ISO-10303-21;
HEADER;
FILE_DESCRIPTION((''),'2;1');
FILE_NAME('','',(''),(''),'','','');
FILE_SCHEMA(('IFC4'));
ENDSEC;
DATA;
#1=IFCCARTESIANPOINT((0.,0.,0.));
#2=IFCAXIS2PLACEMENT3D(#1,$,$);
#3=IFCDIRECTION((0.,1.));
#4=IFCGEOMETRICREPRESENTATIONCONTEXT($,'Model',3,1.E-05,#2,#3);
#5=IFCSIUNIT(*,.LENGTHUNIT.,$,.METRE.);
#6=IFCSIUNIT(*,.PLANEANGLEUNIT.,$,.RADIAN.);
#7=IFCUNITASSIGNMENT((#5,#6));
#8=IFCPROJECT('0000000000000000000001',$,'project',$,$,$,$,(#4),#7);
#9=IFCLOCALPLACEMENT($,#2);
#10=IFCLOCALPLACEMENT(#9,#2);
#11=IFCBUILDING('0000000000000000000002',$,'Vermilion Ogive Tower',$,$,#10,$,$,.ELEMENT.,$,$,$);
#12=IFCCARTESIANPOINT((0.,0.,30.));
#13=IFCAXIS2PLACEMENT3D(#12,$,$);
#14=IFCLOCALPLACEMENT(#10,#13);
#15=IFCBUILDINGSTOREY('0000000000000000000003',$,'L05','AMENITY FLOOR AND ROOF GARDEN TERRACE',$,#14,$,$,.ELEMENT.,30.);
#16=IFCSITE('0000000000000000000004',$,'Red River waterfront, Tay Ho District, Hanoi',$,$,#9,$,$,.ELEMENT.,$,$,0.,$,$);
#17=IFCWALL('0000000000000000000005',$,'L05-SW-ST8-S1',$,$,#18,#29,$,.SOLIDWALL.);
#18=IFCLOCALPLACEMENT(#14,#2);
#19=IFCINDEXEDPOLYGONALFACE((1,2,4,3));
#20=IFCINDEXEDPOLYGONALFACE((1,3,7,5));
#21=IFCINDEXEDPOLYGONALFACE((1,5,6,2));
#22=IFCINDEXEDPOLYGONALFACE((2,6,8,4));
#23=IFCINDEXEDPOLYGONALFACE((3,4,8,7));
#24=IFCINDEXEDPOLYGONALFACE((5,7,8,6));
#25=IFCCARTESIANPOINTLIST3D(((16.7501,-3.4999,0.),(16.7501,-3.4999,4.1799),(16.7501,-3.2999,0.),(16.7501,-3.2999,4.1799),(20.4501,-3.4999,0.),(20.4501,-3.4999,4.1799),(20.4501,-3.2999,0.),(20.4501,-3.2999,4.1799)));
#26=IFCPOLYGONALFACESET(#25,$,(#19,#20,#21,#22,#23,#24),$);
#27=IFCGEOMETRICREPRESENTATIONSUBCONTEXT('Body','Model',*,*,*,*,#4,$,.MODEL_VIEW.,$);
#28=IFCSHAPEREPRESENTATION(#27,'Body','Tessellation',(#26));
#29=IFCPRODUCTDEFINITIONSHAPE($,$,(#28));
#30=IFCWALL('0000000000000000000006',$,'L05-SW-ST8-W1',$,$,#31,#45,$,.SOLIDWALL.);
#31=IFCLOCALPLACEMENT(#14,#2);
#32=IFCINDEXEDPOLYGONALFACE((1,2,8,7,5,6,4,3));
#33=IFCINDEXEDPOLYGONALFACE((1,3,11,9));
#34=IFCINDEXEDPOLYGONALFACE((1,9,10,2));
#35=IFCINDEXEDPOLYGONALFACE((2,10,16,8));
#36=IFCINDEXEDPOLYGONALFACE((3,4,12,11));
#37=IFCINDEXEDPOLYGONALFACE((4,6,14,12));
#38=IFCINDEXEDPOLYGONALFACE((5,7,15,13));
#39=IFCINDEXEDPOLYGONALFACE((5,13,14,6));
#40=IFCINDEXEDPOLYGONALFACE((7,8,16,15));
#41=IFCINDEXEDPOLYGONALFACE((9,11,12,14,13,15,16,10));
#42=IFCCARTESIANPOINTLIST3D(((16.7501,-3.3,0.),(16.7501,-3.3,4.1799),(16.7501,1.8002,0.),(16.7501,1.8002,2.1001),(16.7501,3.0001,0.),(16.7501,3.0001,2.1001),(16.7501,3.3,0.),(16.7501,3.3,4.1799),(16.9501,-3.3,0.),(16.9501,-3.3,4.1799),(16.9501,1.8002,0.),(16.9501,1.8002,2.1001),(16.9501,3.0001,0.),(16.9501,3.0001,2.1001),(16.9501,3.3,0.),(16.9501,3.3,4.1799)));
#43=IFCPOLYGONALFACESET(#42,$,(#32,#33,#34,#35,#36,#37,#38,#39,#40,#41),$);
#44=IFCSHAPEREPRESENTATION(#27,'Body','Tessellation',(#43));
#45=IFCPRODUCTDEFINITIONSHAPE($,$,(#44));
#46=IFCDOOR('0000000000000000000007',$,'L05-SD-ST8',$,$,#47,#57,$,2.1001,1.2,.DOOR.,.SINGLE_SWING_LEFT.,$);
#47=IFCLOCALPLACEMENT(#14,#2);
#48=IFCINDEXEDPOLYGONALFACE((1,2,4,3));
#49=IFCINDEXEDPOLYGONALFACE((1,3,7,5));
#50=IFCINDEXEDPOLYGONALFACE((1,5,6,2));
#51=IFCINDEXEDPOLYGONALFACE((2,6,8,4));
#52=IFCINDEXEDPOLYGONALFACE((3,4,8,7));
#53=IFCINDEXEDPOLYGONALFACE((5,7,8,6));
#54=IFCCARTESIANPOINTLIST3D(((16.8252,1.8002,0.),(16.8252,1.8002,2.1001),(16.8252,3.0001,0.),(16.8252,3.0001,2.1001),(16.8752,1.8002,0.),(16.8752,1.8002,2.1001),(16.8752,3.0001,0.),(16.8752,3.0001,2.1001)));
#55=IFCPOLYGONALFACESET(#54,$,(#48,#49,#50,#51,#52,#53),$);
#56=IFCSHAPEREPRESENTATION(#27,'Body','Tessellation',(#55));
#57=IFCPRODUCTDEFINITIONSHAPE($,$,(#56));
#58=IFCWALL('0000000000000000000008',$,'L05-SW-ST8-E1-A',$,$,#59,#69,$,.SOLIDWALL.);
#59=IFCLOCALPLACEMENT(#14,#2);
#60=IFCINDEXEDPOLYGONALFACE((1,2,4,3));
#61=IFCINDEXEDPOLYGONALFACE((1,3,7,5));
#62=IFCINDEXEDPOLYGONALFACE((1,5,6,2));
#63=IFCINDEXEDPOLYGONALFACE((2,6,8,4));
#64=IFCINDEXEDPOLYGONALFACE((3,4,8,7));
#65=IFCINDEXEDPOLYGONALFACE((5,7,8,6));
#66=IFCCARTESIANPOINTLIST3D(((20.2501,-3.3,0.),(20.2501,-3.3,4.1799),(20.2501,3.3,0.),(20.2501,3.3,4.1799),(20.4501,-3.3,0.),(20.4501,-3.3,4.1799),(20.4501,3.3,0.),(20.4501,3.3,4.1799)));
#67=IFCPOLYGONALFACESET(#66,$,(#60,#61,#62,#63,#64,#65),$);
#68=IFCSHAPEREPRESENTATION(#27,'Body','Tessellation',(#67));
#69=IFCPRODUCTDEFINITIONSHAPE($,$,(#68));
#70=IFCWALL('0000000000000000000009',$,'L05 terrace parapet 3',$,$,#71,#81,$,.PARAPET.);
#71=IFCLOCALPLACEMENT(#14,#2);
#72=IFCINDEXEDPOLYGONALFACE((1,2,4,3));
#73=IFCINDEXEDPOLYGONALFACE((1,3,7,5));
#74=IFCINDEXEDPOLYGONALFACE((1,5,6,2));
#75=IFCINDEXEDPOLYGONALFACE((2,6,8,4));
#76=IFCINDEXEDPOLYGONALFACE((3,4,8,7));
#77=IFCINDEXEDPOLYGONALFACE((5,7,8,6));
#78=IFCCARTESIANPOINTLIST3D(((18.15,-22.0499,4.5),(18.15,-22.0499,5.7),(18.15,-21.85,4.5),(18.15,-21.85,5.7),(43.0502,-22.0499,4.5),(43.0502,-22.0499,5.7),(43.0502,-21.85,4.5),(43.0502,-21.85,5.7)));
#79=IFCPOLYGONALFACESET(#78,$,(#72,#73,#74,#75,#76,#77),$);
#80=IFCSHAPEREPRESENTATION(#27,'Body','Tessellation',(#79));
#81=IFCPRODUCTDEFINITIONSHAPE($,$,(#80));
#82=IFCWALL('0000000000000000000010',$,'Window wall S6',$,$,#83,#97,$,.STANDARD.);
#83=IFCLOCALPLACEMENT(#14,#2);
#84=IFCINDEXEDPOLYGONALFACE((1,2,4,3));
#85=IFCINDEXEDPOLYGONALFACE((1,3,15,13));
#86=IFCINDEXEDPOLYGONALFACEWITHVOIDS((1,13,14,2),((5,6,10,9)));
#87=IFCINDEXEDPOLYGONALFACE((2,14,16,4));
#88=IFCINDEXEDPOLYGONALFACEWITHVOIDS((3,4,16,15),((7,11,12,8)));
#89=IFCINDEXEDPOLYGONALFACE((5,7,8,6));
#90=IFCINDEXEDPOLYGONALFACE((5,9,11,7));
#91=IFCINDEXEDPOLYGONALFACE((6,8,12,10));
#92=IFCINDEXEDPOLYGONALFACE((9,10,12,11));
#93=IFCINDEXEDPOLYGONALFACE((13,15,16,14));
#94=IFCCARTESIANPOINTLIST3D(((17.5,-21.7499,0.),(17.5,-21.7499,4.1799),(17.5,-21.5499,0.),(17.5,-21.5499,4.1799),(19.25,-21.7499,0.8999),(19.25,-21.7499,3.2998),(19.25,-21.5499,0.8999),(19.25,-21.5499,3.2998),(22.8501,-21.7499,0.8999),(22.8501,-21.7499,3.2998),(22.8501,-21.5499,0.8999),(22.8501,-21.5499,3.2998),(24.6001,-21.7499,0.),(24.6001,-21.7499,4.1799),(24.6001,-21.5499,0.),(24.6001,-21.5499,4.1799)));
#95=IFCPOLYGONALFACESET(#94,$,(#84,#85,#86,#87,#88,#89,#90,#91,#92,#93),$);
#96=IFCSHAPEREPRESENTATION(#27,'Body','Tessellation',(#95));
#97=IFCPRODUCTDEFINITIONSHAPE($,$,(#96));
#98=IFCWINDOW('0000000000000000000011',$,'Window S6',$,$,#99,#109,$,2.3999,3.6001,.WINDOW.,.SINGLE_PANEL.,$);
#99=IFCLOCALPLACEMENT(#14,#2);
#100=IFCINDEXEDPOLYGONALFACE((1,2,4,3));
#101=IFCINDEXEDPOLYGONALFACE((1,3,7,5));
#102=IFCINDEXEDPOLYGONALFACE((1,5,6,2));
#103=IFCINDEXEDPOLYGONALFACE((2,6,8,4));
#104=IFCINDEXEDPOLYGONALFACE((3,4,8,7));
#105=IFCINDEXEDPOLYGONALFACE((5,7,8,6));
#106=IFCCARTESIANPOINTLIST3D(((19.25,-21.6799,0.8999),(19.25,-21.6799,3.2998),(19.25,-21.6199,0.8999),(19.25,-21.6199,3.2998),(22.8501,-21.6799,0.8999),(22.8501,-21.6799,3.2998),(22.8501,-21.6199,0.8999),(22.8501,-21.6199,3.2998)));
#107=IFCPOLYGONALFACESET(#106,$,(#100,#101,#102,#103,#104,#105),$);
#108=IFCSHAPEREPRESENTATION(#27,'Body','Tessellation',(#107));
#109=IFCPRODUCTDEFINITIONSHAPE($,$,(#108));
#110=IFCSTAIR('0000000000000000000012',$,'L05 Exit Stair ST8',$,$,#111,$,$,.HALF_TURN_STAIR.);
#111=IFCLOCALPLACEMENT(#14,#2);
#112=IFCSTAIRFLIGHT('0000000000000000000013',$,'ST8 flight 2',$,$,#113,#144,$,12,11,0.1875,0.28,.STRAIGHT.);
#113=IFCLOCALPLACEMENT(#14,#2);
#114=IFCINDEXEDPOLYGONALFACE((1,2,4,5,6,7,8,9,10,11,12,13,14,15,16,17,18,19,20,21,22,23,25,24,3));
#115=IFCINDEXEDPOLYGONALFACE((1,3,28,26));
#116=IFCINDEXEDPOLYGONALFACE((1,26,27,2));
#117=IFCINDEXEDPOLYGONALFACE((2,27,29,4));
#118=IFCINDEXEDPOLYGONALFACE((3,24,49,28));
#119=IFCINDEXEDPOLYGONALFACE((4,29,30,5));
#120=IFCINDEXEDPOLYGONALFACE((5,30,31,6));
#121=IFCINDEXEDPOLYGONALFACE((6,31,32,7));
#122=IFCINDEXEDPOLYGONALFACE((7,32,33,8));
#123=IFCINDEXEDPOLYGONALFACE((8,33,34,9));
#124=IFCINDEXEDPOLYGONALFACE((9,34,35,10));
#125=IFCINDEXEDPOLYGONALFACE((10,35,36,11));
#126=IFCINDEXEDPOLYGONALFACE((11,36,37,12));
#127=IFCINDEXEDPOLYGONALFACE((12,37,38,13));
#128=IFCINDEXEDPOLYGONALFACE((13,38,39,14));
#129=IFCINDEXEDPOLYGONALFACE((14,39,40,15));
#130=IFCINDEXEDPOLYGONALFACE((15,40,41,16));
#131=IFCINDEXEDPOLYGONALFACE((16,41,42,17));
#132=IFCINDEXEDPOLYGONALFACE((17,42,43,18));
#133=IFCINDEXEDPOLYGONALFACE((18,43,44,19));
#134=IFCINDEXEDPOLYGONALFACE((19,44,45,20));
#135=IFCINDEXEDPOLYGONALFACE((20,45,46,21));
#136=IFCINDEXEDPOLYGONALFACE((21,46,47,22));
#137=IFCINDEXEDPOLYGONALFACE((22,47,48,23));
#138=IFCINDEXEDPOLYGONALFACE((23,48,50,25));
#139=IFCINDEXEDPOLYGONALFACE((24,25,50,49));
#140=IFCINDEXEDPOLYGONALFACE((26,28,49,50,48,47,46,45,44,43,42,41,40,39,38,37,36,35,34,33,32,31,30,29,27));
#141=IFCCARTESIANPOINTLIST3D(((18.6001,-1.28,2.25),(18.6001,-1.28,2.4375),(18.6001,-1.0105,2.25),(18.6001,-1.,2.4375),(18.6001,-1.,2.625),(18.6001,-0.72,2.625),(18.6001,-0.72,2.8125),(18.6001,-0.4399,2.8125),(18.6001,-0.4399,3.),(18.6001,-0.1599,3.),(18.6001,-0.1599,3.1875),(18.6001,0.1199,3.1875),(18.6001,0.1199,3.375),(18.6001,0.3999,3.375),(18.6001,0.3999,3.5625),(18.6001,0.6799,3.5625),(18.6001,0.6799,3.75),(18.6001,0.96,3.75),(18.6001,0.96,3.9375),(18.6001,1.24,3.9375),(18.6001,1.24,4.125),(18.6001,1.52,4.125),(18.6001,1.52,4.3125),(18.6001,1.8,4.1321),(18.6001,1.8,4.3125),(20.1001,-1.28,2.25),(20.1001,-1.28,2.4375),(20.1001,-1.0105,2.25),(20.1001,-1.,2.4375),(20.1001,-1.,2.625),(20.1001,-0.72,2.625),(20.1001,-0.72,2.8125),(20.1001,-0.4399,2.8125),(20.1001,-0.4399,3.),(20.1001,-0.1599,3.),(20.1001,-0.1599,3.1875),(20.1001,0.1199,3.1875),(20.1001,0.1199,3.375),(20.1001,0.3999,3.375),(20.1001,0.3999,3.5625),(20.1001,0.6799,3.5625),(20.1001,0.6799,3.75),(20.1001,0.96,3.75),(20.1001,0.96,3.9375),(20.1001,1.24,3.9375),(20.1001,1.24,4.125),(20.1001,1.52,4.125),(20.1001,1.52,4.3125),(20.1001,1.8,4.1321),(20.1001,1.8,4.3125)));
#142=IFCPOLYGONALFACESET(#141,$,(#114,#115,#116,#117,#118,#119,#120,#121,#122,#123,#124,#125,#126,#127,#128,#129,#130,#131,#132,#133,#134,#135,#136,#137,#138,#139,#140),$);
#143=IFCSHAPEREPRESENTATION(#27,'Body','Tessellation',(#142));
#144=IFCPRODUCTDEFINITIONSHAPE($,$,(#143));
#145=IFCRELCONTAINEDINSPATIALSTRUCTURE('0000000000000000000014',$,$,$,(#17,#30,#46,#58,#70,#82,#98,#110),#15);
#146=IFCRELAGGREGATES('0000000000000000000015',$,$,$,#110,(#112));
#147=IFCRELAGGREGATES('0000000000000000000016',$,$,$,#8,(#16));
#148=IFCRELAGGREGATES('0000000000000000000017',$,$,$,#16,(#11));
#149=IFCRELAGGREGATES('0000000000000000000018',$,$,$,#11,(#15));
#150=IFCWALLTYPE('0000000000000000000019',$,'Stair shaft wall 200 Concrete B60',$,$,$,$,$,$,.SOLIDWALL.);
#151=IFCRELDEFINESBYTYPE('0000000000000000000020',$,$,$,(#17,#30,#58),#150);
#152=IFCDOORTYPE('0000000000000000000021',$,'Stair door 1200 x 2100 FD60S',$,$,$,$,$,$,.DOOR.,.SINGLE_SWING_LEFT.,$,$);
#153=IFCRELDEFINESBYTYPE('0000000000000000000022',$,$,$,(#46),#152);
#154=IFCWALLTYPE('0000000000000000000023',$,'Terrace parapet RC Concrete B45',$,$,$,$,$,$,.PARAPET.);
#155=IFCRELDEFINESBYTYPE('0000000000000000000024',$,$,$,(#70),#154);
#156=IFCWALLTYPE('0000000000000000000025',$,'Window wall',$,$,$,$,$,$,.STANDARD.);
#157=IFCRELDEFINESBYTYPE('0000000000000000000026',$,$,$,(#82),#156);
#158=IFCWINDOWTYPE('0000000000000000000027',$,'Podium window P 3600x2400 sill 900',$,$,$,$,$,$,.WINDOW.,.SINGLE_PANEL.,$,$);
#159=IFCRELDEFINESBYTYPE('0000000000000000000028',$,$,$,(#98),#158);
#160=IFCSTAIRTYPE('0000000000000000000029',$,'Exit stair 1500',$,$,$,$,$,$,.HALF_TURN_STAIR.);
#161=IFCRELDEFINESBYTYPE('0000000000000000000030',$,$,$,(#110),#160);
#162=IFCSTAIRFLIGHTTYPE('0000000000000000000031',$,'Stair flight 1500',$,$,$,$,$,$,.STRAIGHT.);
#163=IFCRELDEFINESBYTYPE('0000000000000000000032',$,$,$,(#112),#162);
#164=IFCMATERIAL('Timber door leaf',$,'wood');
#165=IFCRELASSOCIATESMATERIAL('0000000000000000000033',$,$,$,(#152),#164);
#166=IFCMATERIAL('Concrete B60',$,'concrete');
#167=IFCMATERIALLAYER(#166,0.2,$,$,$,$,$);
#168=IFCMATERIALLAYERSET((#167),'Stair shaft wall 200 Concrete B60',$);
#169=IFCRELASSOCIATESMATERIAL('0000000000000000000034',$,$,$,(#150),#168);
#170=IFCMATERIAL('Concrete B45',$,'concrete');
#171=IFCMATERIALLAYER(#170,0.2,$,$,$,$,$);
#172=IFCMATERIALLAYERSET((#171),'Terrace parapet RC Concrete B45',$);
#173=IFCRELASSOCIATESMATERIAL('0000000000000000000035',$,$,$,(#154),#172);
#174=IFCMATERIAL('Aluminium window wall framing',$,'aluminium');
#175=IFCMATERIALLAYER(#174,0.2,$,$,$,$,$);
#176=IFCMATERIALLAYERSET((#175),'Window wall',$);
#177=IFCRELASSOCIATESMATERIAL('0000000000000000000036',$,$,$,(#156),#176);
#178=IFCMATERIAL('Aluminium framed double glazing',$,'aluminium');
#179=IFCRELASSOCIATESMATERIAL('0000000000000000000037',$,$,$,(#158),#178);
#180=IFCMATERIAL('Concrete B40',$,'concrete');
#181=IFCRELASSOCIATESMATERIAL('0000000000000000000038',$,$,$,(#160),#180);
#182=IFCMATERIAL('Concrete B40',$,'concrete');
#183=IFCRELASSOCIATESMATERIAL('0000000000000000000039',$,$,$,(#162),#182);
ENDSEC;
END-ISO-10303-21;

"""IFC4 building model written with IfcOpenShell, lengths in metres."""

from ifc_helpers import new_model, si_unit, direction, frame, frame_2d, origin, place, context, subcontext, project, spatial, polyline, rectangle, outline, extrude, material, layer, layer_set, type_object, element, fill, aggregate, save


model = new_model("IFC4")

# Units and contexts
model_context = context("Model", 3, precision=1e-05, world=origin(), true_north=direction((0.0, 1.0)))
body_context = subcontext(model_context, "Body", "Model", "MODEL_VIEW")
ifc_project = project(units=[si_unit("LENGTHUNIT", "METRE"), si_unit("PLANEANGLEUNIT", "RADIAN")], contexts=[model_context])

# Site, building, storey
site_placement = place(None, origin())
site = spatial("IfcSite", under=ifc_project, at=site_placement, Name="Red River waterfront, Tay Ho District, Hanoi", CompositionType="ELEMENT", RefElevation=0.0)
building_placement = place(site_placement, origin())
building = spatial("IfcBuilding", under=site, at=building_placement, Name="Vermilion Ogive Tower", CompositionType="ELEMENT")
storey_placement = place(building_placement, frame((0.0, 0.0, 30.0)))
storey = spatial("IfcBuildingStorey", under=building, at=storey_placement, Name="L05", Description="AMENITY FLOOR AND ROOF GARDEN TERRACE", CompositionType="ELEMENT", Elevation=30.0)

# Shared definitions
ifc_material_1 = material(Name="Timber door leaf", Category="wood")
door_type_1 = type_object("IfcDoorType", Name="Stair door 1200 x 2100 FD60S", OperationType="SINGLE_SWING_LEFT", PredefinedType="DOOR", material=ifc_material_1)

# Wall
ifc_material_2 = material(Name="Concrete B60", Category="concrete")
ifc_layer_1 = layer(ifc_material_2, 0.2)
ifc_layer_set_1 = layer_set([ifc_layer_1], Name="Stair shaft wall 200 Concrete B60")
wall_type_1 = type_object("IfcWallType", Name="Stair shaft wall 200 Concrete B60", PredefinedType="SOLIDWALL", material=ifc_layer_set_1)
wall_1_placement = place(storey_placement, frame((16.75, -3.3999, 0.0), z_axis=(0.0, 0.0, 1.0), x_axis=(1.0, 0.0, 0.0)))
element("IfcWall", 1, at=wall_1_placement, inside=storey, type_object=wall_type_1, Name="L05-SW-ST8-S1", PredefinedType="SOLIDWALL", context=body_context, shape_type="SweptSolid", body=[
    extrude(rectangle(XDim=3.7, YDim=0.2, at=frame_2d((1.8501, 0.0))), origin(), (0.0, 0.0, 1.0), 4.1799),
])

# Wall, opening, door
wall_2_placement = place(storey_placement, frame((16.8501, -3.3, 0.0), z_axis=(0.0, 0.0, 1.0), x_axis=(0.0, 1.0, 0.0)))
wall_2 = element("IfcWall", 2, at=wall_2_placement, inside=storey, type_object=wall_type_1, Name="L05-SW-ST8-W1", PredefinedType="SOLIDWALL", context=body_context, shape_type="SweptSolid", body=[
    extrude(rectangle(XDim=6.6001, YDim=0.2, at=frame_2d((3.3, 0.0))), origin(), (0.0, 0.0, 1.0), 4.1799),
])
opening_1_placement = place(wall_2_placement, frame((5.1001, 0.0, 0.0)))
opening_1 = element("IfcOpeningElement", 3, at=opening_1_placement, cuts=wall_2, PredefinedType="OPENING", context=body_context, shape_type="SweptSolid", body=[
    extrude(rectangle(XDim=1.2, YDim=2.1001, at=frame_2d((0.6001, 1.05))), frame((0.0, 0.1099, 0.0), z_axis=(0.0, -1.0, 0.0), x_axis=(1.0, 0.0, 0.0)), (0.0, 0.0, 1.0), 0.22),
])
door_1_placement = place(opening_1_placement, origin())
door_1 = element("IfcDoor", 4, at=door_1_placement, inside=storey, type_object=door_type_1, Name="L05-SD-ST8", OperationType="SINGLE_SWING_LEFT", OverallHeight=2.1001, OverallWidth=1.2, PredefinedType="DOOR", context=body_context, shape_type="SweptSolid", body=[
    extrude(rectangle(XDim=1.2, YDim=2.1001, at=frame_2d((0.6001, 1.05))), frame((0.0, 0.0249, 0.0), z_axis=(0.0, -1.0, 0.0), x_axis=(1.0, 0.0, 0.0)), (0.0, 0.0, 1.0), 0.05),
])
fill(opening_1, door_1)

# Walls
wall_3_placement = place(storey_placement, frame((20.3501, -3.3, 0.0), z_axis=(0.0, 0.0, 1.0), x_axis=(0.0, 1.0, 0.0)))
element("IfcWall", 5, at=wall_3_placement, inside=storey, type_object=wall_type_1, Name="L05-SW-ST8-E1-A", PredefinedType="SOLIDWALL", context=body_context, shape_type="SweptSolid", body=[
    extrude(rectangle(XDim=6.6001, YDim=0.2, at=frame_2d((3.3, 0.0))), origin(), (0.0, 0.0, 1.0), 4.1799),
])
ifc_material_3 = material(Name="Concrete B45", Category="concrete")
ifc_layer_2 = layer(ifc_material_3, 0.2)
ifc_layer_set_2 = layer_set([ifc_layer_2], Name="Terrace parapet RC Concrete B45")
wall_type_2 = type_object("IfcWallType", Name="Terrace parapet RC Concrete B45", PredefinedType="PARAPET", material=ifc_layer_set_2)
wall_4_placement = place(storey_placement, frame((18.1499, -21.95, 4.5), z_axis=(0.0, 0.0, 1.0), x_axis=(1.0, 0.0, 0.0)))
element("IfcWall", 6, at=wall_4_placement, inside=storey, type_object=wall_type_2, Name="L05 terrace parapet 3", PredefinedType="PARAPET", context=body_context, shape_type="SweptSolid", body=[
    extrude(rectangle(XDim=24.9001, YDim=0.2, at=frame_2d((12.4502, 0.0))), origin(), (0.0, 0.0, 1.0), 1.2),
])

# Wall, opening, window
ifc_material_4 = material(Name="Aluminium window wall framing", Category="aluminium")
ifc_layer_3 = layer(ifc_material_4, 0.2)
ifc_layer_set_3 = layer_set([ifc_layer_3], Name="Window wall")
wall_type_3 = type_object("IfcWallType", Name="Window wall", PredefinedType="STANDARD", material=ifc_layer_set_3)
wall_5_placement = place(storey_placement, frame((17.5, -21.6499, 0.0), z_axis=(0.0, 0.0, 1.0), x_axis=(1.0, 0.0, 0.0)))
wall_5 = element("IfcWall", 7, at=wall_5_placement, inside=storey, type_object=wall_type_3, Name="Window wall S6", PredefinedType="STANDARD", context=body_context, shape_type="SweptSolid", body=[
    extrude(rectangle(XDim=7.1001, YDim=0.2, at=frame_2d((3.55, 0.0))), origin(), (0.0, 0.0, 1.0), 4.1799),
])
opening_2_placement = place(wall_5_placement, frame((1.75, 0.0, 0.8999)))
opening_2 = element("IfcOpeningElement", 8, at=opening_2_placement, cuts=wall_5, PredefinedType="OPENING", context=body_context, shape_type="SweptSolid", body=[
    extrude(rectangle(XDim=3.6001, YDim=2.3999, at=frame_2d((1.8, 1.2))), frame((0.0, 0.1099, 0.0), z_axis=(0.0, -1.0, 0.0), x_axis=(1.0, 0.0, 0.0)), (0.0, 0.0, 1.0), 0.22),
])
ifc_material_5 = material(Name="Aluminium framed double glazing", Category="aluminium")
window_type = type_object("IfcWindowType", Name="Podium window P 3600x2400 sill 900", PartitioningType="SINGLE_PANEL", PredefinedType="WINDOW", material=ifc_material_5)
window_placement = place(opening_2_placement, origin())
window = element("IfcWindow", 9, at=window_placement, inside=storey, type_object=window_type, Name="Window S6", OverallHeight=2.3999, OverallWidth=3.6001, PartitioningType="SINGLE_PANEL", PredefinedType="WINDOW", context=body_context, shape_type="SweptSolid", body=[
    extrude(rectangle(XDim=3.6001, YDim=2.3999, at=frame_2d((1.8, 1.2))), frame((0.0, 0.03, 0.0), z_axis=(0.0, -1.0, 0.0), x_axis=(1.0, 0.0, 0.0)), (0.0, 0.0, 1.0), 0.0601),
])
fill(opening_2, window)

# Stair, stair flight
ifc_material_6 = material(Name="Concrete B40", Category="concrete")
stair_type = type_object("IfcStairType", Name="Exit stair 1500", PredefinedType="HALF_TURN_STAIR", material=ifc_material_6)
stair_placement = place(storey_placement, origin())
stair = element("IfcStair", 10, at=stair_placement, inside=storey, type_object=stair_type, Name="L05 Exit Stair ST8", PredefinedType="HALF_TURN_STAIR")
ifc_material_7 = material(Name="Concrete B40", Category="concrete")
stair_flight_type = type_object("IfcStairFlightType", Name="Stair flight 1500", PredefinedType="STRAIGHT", material=ifc_material_7)
stair_flight_placement = place(storey_placement, frame((19.3501, -1.28, 2.25), z_axis=(0.0, 0.0, 1.0), x_axis=(0.0, 1.0, 0.0)))
stair_flight = element("IfcStairFlight", 11, at=stair_flight_placement, type_object=stair_flight_type, Name="ST8 flight 2", NumberOfRisers=12, NumberOfTreads=11, PredefinedType="STRAIGHT", RiserHeight=0.1875, TreadLength=0.28, context=body_context, shape_type="SweptSolid", body=[
    extrude(outline(polyline([(0.0, 0.0), (0.0, 0.1875), (0.28, 0.1875), (0.28, 0.375), (0.5601, 0.375), (0.5601, 0.5625), (0.8401, 0.5625), (0.8401, 0.75), (1.1201, 0.75), (1.1201, 0.9375), (1.3999, 0.9375), (1.3999, 1.125), (1.6799, 1.125), (1.6799, 1.3125), (1.96, 1.3125), (1.96, 1.5), (2.24, 1.5), (2.24, 1.6875), (2.52, 1.6875), (2.52, 1.875), (2.8, 1.875), (2.8, 2.0625), (3.0801, 2.0625), (3.0801, 2.25), (3.0801, 1.8821), (0.2695, 0.0), (0.0, 0.0)])), frame((0.0, 0.75, 0.0), z_axis=(0.0, -1.0, 0.0), x_axis=(1.0, 0.0, 0.0)), (0.0, 0.0, 1.0), 1.5),
])
aggregate(stair, [stair_flight])

save(model, "model.ifc")
